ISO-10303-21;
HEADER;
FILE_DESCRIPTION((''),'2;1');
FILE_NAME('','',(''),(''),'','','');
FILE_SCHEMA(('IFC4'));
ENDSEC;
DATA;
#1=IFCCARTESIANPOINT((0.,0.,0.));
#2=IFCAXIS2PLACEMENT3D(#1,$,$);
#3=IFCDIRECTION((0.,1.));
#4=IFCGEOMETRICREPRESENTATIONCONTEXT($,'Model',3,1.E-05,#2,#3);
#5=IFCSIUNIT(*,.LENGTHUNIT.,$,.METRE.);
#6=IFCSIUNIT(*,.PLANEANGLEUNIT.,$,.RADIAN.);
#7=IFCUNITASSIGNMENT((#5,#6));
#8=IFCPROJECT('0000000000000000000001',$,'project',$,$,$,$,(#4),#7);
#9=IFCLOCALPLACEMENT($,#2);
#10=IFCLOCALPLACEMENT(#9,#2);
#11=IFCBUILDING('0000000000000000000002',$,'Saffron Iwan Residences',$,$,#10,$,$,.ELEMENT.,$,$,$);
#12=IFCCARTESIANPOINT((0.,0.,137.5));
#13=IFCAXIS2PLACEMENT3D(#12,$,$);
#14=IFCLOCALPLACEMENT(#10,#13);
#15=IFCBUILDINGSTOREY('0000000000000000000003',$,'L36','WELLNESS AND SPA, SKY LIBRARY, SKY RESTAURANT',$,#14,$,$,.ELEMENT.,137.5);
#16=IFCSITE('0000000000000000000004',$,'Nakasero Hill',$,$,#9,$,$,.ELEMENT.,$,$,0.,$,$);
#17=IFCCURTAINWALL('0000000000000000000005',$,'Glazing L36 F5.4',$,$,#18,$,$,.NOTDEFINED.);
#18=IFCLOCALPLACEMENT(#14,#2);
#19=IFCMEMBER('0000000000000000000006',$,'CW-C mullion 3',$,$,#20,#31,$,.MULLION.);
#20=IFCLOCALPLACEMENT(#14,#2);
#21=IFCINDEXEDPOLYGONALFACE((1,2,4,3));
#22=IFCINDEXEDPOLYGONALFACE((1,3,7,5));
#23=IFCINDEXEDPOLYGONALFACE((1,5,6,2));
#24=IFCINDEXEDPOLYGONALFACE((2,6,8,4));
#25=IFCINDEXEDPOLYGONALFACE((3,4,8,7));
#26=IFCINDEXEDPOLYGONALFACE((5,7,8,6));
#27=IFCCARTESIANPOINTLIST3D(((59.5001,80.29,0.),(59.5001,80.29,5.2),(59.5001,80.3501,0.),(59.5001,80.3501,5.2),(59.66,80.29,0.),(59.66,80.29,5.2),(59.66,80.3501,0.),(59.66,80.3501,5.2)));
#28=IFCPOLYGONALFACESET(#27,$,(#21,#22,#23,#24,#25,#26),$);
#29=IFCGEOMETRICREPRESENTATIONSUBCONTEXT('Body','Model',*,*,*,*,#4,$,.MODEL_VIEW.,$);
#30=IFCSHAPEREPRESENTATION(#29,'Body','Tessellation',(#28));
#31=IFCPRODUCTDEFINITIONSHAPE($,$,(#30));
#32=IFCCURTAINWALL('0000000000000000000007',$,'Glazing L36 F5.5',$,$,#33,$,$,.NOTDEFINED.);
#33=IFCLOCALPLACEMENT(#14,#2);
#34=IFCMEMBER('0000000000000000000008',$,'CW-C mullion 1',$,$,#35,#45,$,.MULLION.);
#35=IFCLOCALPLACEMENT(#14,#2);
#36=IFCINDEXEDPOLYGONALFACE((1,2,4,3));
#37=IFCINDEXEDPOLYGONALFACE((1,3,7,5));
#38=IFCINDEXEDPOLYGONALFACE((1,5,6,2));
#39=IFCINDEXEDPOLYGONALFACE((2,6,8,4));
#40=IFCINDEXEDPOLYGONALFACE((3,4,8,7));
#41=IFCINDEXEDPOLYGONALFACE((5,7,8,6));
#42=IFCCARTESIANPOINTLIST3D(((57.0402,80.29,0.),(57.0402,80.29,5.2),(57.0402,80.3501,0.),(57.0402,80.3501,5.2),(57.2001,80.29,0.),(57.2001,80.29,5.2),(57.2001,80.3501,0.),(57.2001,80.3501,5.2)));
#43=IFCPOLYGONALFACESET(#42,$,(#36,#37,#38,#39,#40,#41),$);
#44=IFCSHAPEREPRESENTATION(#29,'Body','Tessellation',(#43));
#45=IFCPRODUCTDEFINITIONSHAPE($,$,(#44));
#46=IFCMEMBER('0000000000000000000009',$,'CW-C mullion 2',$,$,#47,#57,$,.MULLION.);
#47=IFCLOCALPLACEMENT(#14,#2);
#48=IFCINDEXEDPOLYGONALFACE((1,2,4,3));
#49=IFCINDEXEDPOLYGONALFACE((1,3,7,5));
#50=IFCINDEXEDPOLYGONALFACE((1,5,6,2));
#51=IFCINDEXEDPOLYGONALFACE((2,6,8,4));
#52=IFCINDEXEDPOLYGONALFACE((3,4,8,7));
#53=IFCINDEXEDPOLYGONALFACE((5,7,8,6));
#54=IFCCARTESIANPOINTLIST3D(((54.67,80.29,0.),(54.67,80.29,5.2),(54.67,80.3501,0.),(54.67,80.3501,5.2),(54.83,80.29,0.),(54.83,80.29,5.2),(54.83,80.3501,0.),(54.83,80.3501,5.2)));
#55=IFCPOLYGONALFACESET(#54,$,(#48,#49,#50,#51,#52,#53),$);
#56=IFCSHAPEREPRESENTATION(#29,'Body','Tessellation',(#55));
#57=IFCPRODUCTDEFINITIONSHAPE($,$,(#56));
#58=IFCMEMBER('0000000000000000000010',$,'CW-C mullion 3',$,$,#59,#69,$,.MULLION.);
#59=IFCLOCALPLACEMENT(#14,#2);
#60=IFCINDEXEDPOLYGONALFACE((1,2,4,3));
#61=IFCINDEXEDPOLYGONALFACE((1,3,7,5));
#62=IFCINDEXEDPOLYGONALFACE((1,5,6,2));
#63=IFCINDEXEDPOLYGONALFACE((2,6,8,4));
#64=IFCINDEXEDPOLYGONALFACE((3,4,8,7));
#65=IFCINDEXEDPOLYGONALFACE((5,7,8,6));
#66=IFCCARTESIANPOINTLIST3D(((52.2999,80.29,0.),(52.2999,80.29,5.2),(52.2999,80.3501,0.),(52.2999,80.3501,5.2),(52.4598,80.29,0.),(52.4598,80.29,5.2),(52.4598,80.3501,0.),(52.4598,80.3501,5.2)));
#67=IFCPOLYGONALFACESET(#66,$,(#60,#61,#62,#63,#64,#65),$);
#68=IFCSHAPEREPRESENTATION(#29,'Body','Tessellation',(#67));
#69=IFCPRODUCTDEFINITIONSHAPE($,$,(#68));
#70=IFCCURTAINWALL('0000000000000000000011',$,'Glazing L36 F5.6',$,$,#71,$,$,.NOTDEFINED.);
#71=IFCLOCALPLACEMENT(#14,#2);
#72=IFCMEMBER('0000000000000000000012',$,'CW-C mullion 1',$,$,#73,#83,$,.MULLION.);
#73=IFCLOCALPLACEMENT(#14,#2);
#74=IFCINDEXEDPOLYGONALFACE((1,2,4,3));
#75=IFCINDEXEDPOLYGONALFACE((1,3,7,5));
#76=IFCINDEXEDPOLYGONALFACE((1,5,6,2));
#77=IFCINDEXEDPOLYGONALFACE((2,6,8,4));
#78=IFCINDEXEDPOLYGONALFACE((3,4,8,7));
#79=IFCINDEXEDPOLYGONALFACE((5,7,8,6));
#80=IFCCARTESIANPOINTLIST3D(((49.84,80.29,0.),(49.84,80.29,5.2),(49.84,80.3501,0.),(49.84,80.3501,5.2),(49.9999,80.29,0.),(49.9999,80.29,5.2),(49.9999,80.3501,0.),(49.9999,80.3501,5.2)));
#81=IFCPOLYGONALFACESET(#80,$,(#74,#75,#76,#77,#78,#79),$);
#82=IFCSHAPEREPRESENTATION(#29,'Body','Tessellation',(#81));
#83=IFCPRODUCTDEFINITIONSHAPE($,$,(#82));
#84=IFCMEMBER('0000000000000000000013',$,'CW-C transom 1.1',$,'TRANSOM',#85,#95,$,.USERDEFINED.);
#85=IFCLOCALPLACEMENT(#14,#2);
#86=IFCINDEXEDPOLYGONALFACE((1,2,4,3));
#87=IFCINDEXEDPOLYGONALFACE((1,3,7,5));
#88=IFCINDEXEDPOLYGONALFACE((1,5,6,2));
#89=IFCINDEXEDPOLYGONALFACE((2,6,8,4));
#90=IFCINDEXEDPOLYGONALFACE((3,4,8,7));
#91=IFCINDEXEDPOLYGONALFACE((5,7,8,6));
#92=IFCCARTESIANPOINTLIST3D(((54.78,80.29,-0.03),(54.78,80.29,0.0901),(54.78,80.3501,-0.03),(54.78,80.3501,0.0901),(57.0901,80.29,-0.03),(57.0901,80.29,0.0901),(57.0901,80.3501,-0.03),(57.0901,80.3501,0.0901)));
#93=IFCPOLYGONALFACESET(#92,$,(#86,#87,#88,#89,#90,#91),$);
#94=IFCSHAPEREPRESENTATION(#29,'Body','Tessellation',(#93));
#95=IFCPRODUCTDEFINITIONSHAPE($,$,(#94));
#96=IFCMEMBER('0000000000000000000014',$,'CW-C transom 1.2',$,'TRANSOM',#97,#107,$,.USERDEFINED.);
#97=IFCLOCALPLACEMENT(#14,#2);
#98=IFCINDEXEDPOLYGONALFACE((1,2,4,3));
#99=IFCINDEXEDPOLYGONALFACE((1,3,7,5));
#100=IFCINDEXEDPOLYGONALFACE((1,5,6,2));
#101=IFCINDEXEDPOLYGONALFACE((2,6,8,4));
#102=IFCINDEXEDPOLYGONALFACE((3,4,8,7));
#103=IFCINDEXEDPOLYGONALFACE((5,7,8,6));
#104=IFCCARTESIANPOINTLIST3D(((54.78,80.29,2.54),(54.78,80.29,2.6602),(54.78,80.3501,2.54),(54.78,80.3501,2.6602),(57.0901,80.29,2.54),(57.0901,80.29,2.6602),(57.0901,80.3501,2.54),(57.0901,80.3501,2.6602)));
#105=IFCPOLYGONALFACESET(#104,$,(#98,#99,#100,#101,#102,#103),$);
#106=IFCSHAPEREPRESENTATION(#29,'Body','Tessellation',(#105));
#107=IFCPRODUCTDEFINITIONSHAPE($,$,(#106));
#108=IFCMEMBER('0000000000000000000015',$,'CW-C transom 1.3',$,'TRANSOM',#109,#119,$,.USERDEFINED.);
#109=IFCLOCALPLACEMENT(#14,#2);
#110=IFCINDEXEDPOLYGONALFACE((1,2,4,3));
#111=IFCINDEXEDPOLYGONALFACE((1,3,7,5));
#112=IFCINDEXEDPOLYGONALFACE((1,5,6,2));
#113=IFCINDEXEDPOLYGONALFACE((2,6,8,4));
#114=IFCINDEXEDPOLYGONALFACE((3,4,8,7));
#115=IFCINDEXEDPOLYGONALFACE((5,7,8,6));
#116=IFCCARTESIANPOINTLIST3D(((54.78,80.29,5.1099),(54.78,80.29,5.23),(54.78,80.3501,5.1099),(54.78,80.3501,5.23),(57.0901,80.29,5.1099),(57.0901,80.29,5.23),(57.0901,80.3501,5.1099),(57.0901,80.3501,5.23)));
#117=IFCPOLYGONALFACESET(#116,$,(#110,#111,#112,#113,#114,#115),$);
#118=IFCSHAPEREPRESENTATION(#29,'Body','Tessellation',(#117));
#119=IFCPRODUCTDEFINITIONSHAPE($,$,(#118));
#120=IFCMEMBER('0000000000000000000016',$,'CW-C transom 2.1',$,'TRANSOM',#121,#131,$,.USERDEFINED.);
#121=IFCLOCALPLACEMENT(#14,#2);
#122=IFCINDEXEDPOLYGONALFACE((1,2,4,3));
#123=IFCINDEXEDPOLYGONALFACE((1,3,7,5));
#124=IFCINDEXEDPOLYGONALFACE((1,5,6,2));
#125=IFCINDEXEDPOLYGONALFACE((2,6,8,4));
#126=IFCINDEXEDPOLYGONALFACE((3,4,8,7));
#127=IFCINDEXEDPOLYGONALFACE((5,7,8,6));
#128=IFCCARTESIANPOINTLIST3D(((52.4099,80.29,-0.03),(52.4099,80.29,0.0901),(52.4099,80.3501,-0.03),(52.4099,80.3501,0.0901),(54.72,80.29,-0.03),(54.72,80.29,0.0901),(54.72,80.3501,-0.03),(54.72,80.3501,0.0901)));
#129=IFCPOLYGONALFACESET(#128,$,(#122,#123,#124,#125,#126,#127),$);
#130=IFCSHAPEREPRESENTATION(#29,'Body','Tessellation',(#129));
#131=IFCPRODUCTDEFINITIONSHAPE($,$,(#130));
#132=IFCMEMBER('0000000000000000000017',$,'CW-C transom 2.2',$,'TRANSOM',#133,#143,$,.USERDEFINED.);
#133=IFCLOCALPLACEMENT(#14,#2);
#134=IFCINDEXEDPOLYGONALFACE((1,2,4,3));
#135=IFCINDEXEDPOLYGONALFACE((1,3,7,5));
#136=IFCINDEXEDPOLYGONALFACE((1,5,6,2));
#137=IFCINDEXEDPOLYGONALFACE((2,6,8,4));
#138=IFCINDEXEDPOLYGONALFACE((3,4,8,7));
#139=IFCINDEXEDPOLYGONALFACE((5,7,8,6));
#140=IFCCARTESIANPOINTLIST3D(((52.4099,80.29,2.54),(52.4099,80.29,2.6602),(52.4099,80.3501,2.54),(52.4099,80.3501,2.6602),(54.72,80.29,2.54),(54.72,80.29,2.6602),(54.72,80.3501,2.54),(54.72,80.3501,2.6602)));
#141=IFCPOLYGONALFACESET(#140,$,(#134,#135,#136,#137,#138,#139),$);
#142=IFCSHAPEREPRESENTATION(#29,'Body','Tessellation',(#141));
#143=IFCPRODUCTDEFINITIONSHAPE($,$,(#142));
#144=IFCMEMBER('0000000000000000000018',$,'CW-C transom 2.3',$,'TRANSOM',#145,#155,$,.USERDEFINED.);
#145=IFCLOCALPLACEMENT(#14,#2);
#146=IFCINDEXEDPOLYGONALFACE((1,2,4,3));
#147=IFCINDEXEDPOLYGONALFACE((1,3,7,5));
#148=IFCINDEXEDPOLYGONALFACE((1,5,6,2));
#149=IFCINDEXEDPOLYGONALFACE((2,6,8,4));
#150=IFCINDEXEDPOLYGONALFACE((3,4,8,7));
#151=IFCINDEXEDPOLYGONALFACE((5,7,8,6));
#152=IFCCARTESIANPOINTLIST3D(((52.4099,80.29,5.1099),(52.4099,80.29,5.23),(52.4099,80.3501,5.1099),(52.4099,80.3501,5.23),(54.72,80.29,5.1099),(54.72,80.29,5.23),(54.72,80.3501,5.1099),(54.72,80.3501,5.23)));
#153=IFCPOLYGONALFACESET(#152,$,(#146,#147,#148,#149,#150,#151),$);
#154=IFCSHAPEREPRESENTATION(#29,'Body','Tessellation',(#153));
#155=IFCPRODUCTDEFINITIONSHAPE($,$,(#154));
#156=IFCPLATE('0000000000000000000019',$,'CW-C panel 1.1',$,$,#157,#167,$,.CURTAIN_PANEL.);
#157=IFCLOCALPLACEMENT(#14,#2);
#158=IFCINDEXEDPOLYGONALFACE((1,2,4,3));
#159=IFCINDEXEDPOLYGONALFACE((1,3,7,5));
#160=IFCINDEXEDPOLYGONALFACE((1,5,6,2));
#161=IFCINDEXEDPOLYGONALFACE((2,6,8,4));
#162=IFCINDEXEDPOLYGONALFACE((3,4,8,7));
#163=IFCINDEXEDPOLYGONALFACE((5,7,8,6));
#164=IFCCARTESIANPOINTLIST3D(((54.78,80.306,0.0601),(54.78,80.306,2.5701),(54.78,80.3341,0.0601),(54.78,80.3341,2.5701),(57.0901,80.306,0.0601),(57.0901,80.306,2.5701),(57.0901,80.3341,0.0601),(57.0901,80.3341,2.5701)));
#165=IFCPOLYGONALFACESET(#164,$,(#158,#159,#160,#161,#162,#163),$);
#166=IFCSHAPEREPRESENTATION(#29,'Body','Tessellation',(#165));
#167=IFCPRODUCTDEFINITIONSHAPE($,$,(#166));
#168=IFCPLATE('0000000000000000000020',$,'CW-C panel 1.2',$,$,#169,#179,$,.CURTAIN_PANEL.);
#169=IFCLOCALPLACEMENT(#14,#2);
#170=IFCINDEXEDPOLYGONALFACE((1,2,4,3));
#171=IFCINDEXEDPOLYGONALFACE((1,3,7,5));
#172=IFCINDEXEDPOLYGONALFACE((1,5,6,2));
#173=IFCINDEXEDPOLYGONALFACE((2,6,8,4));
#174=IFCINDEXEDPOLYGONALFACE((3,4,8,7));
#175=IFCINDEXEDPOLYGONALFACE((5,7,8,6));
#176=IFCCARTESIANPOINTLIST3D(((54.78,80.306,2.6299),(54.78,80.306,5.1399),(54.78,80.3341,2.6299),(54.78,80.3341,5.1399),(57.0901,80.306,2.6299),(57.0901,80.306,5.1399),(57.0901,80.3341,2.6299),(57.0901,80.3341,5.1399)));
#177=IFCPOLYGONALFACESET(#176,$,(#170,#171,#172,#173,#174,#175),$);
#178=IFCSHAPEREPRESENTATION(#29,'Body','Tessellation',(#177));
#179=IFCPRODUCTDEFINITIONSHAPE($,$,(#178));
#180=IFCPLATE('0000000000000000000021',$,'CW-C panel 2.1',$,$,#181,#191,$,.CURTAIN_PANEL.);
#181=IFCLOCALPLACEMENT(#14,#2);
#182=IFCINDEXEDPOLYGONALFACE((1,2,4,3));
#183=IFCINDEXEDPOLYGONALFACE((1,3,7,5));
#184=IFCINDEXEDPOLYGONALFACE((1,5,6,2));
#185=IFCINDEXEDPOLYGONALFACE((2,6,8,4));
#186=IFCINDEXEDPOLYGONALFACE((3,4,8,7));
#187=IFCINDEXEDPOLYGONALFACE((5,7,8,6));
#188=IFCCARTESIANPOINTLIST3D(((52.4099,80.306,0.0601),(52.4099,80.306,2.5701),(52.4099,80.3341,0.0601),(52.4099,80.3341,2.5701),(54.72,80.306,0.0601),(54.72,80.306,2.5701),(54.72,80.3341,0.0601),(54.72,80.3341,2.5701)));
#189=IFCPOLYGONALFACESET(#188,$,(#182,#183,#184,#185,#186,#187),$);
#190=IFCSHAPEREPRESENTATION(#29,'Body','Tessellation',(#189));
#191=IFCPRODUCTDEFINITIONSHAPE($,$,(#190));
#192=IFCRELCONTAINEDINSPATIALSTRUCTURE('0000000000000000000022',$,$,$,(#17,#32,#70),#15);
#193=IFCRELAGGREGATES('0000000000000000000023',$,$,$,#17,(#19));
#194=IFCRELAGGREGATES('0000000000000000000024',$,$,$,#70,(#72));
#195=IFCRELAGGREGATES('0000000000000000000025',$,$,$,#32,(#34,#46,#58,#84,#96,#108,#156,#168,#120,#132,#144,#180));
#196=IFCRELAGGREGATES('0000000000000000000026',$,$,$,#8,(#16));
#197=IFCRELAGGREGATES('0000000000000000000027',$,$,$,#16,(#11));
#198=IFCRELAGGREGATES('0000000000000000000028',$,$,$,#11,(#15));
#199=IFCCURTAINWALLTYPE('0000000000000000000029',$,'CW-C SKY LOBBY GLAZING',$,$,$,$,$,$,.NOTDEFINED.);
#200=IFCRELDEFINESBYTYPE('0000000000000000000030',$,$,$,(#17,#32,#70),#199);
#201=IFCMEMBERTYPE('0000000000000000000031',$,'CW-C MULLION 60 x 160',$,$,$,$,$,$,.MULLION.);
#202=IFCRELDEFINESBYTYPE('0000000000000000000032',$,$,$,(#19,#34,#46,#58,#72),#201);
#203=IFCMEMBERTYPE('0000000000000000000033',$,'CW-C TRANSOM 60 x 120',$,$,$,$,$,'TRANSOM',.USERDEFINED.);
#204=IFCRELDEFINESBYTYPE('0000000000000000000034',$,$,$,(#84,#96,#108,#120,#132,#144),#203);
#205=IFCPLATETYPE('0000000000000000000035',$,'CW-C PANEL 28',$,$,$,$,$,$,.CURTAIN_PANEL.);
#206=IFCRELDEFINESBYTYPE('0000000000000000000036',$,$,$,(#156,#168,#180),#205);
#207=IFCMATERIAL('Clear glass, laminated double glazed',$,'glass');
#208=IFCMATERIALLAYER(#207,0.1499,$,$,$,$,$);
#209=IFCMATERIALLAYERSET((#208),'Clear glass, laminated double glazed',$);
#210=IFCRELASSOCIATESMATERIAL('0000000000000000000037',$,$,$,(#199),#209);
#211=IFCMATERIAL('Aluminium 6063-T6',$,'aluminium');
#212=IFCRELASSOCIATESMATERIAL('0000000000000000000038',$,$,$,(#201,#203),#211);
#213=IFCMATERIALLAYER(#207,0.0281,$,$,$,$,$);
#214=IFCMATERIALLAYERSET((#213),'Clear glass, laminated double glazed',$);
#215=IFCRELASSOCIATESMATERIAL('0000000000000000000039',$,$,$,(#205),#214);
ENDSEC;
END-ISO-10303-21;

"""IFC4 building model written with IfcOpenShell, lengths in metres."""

from ifc_helpers import new_model, si_unit, direction, frame, origin, origin_2d, place, context, subcontext, project, spatial, rectangle, extrude, source, transform, mapped, material, layer, layer_set, material_profile, profile_set, type_object, element, aggregate, save


model = new_model("IFC4")

# Units and contexts
model_context = context("Model", 3, precision=1e-05, world=origin(), true_north=direction((0.0, 1.0)))
body_context = subcontext(model_context, "Body", "Model", "MODEL_VIEW")
ifc_project = project(units=[si_unit("LENGTHUNIT", "METRE"), si_unit("PLANEANGLEUNIT", "RADIAN")], contexts=[model_context])

# Site, building, storey
site_placement = place(None, origin())
site = spatial("IfcSite", under=ifc_project, at=site_placement, Name="Nakasero Hill", CompositionType="ELEMENT", RefElevation=0.0)
building_placement = place(site_placement, origin())
building = spatial("IfcBuilding", under=site, at=building_placement, Name="Saffron Iwan Residences", CompositionType="ELEMENT")
storey_placement = place(building_placement, frame((0.0, 0.0, 137.5)))
storey = spatial("IfcBuildingStorey", under=building, at=storey_placement, Name="L36", Description="WELLNESS AND SPA, SKY LIBRARY, SKY RESTAURANT", CompositionType="ELEMENT", Elevation=137.5)

# Curtain wall, member
ifc_material_1 = material(Name="Clear glass, laminated double glazed", Category="glass")
ifc_layer_1 = layer(ifc_material_1, 0.1499)
ifc_layer_set_1 = layer_set([ifc_layer_1], Name="Clear glass, laminated double glazed")
curtain_wall_type = type_object("IfcCurtainWallType", Name="CW-C SKY LOBBY GLAZING", PredefinedType="NOTDEFINED", material=ifc_layer_set_1)
curtain_wall_1_placement = place(storey_placement, origin())
curtain_wall_1 = element("IfcCurtainWall", 1, at=curtain_wall_1_placement, inside=storey, type_object=curtain_wall_type, Name="Glazing L36 F5.4", PredefinedType="NOTDEFINED")
ifc_material_2 = material(Name="Aluminium 6063-T6", Category="aluminium")
ifc_material_profile_1 = material_profile(ifc_material_2, rectangle(XDim=0.0601, YDim=0.1599, at=origin_2d()), Name="CW-C MULLION 60 x 160")
ifc_profile_set_1 = profile_set([ifc_material_profile_1], Name="Aluminium 6063-T6")
member_type_1 = type_object("IfcMemberType", Name="CW-C MULLION 60 x 160", PredefinedType="MULLION", material=ifc_profile_set_1)
shared_shape_1 = source(origin(), body_context, "Body", "SweptSolid", [
    extrude(rectangle(XDim=0.0601, YDim=0.1599, at=origin_2d()), origin(), (0.0, 0.0, 1.0), 5.2),
])
member_1_placement = place(storey_placement, frame((59.5801, 80.3201, 0.0), z_axis=(0.0, 0.0, 1.0), x_axis=(0.0, -1.0, 0.0)))
member_1 = element("IfcMember", 2, at=member_1_placement, type_object=member_type_1, Name="CW-C mullion 3", PredefinedType="MULLION", context=body_context, shape_type="MappedRepresentation", body=[
    mapped(shared_shape_1, transform((0.0, 0.0, 0.0))),
])
aggregate(curtain_wall_1, [member_1])

# Curtain wall, members
curtain_wall_2_placement = place(storey_placement, origin())
curtain_wall_2 = element("IfcCurtainWall", 3, at=curtain_wall_2_placement, inside=storey, type_object=curtain_wall_type, Name="Glazing L36 F5.5", PredefinedType="NOTDEFINED")
member_2_placement = place(storey_placement, frame((57.1201, 80.3201, 0.0), z_axis=(0.0, 0.0, 1.0), x_axis=(0.0, -1.0, 0.0)))
member_2 = element("IfcMember", 4, at=member_2_placement, type_object=member_type_1, Name="CW-C mullion 1", PredefinedType="MULLION", context=body_context, shape_type="MappedRepresentation", body=[
    mapped(shared_shape_1, transform((0.0, 0.0, 0.0))),
])
member_3_placement = place(storey_placement, frame((54.75, 80.3201, 0.0), z_axis=(0.0, 0.0, 1.0), x_axis=(0.0, -1.0, 0.0)))
member_3 = element("IfcMember", 5, at=member_3_placement, type_object=member_type_1, Name="CW-C mullion 2", PredefinedType="MULLION", context=body_context, shape_type="MappedRepresentation", body=[
    mapped(shared_shape_1, transform((0.0, 0.0, 0.0))),
])
member_4_placement = place(storey_placement, frame((52.3799, 80.3201, 0.0), z_axis=(0.0, 0.0, 1.0), x_axis=(0.0, -1.0, 0.0)))
member_4 = element("IfcMember", 6, at=member_4_placement, type_object=member_type_1, Name="CW-C mullion 3", PredefinedType="MULLION", context=body_context, shape_type="MappedRepresentation", body=[
    mapped(shared_shape_1, transform((0.0, 0.0, 0.0))),
])

# Curtain wall, member
curtain_wall_3_placement = place(storey_placement, origin())
curtain_wall_3 = element("IfcCurtainWall", 7, at=curtain_wall_3_placement, inside=storey, type_object=curtain_wall_type, Name="Glazing L36 F5.6", PredefinedType="NOTDEFINED")
member_5_placement = place(storey_placement, frame((49.9199, 80.3201, 0.0), z_axis=(0.0, 0.0, 1.0), x_axis=(0.0, -1.0, 0.0)))
member_5 = element("IfcMember", 8, at=member_5_placement, type_object=member_type_1, Name="CW-C mullion 1", PredefinedType="MULLION", context=body_context, shape_type="MappedRepresentation", body=[
    mapped(shared_shape_1, transform((0.0, 0.0, 0.0))),
])
aggregate(curtain_wall_3, [member_5])

# Members
ifc_material_profile_2 = material_profile(ifc_material_2, rectangle(XDim=0.0601, YDim=0.1201, at=origin_2d()), Name="CW-C TRANSOM 60 x 120")
ifc_profile_set_2 = profile_set([ifc_material_profile_2], Name="Aluminium 6063-T6")
member_type_2 = type_object("IfcMemberType", Name="CW-C TRANSOM 60 x 120", ElementType="TRANSOM", PredefinedType="USERDEFINED", material=ifc_profile_set_2)
shared_shape_2 = source(origin(), body_context, "Body", "SweptSolid", [
    extrude(rectangle(XDim=0.0601, YDim=0.1201, at=origin_2d()), origin(), (0.0, 0.0, 1.0), 2.3101),
])
member_6_placement = place(storey_placement, frame((57.0901, 80.3201, 0.03), z_axis=(-1.0, 0.0, 0.0), x_axis=(0.0, -1.0, 0.0)))
member_6 = element("IfcMember", 9, at=member_6_placement, type_object=member_type_2, Name="CW-C transom 1.1", ObjectType="TRANSOM", PredefinedType="USERDEFINED", context=body_context, shape_type="MappedRepresentation", body=[
    mapped(shared_shape_2, transform((0.0, 0.0, 0.0))),
])
member_7_placement = place(storey_placement, frame((57.0901, 80.3201, 2.6001), z_axis=(-1.0, 0.0, 0.0), x_axis=(0.0, -1.0, 0.0)))
member_7 = element("IfcMember", 10, at=member_7_placement, type_object=member_type_2, Name="CW-C transom 1.2", ObjectType="TRANSOM", PredefinedType="USERDEFINED", context=body_context, shape_type="MappedRepresentation", body=[
    mapped(shared_shape_2, transform((0.0, 0.0, 0.0))),
])
member_8_placement = place(storey_placement, frame((57.0901, 80.3201, 5.1699), z_axis=(-1.0, 0.0, 0.0), x_axis=(0.0, -1.0, 0.0)))
member_8 = element("IfcMember", 11, at=member_8_placement, type_object=member_type_2, Name="CW-C transom 1.3", ObjectType="TRANSOM", PredefinedType="USERDEFINED", context=body_context, shape_type="MappedRepresentation", body=[
    mapped(shared_shape_2, transform((0.0, 0.0, 0.0))),
])
member_9_placement = place(storey_placement, frame((54.72, 80.3201, 0.03), z_axis=(-1.0, 0.0, 0.0), x_axis=(0.0, -1.0, 0.0)))
member_9 = element("IfcMember", 12, at=member_9_placement, type_object=member_type_2, Name="CW-C transom 2.1", ObjectType="TRANSOM", PredefinedType="USERDEFINED", context=body_context, shape_type="MappedRepresentation", body=[
    mapped(shared_shape_2, transform((0.0, 0.0, 0.0))),
])
member_10_placement = place(storey_placement, frame((54.72, 80.3201, 2.6001), z_axis=(-1.0, 0.0, 0.0), x_axis=(0.0, -1.0, 0.0)))
member_10 = element("IfcMember", 13, at=member_10_placement, type_object=member_type_2, Name="CW-C transom 2.2", ObjectType="TRANSOM", PredefinedType="USERDEFINED", context=body_context, shape_type="MappedRepresentation", body=[
    mapped(shared_shape_2, transform((0.0, 0.0, 0.0))),
])
member_11_placement = place(storey_placement, frame((54.72, 80.3201, 5.1699), z_axis=(-1.0, 0.0, 0.0), x_axis=(0.0, -1.0, 0.0)))
member_11 = element("IfcMember", 14, at=member_11_placement, type_object=member_type_2, Name="CW-C transom 2.3", ObjectType="TRANSOM", PredefinedType="USERDEFINED", context=body_context, shape_type="MappedRepresentation", body=[
    mapped(shared_shape_2, transform((0.0, 0.0, 0.0))),
])

# Plates
ifc_layer_2 = layer(ifc_material_1, 0.0281)
ifc_layer_set_2 = layer_set([ifc_layer_2], Name="Clear glass, laminated double glazed")
plate_type = type_object("IfcPlateType", Name="CW-C PANEL 28", PredefinedType="CURTAIN_PANEL", material=ifc_layer_set_2)
shared_shape_3 = source(origin(), body_context, "Body", "SweptSolid", [
    extrude(rectangle(XDim=2.3101, YDim=0.0281, at=origin_2d()), origin(), (0.0, 0.0, 1.0), 2.51),
])
plate_1_placement = place(storey_placement, frame((55.9351, 80.3201, 0.0601), z_axis=(0.0, 0.0, 1.0), x_axis=(-1.0, 0.0, 0.0)))
plate_1 = element("IfcPlate", 15, at=plate_1_placement, type_object=plate_type, Name="CW-C panel 1.1", PredefinedType="CURTAIN_PANEL", context=body_context, shape_type="MappedRepresentation", body=[
    mapped(shared_shape_3, transform((0.0, 0.0, 0.0))),
])
plate_2_placement = place(storey_placement, frame((55.9351, 80.3201, 2.6299), z_axis=(0.0, 0.0, 1.0), x_axis=(-1.0, 0.0, 0.0)))
plate_2 = element("IfcPlate", 16, at=plate_2_placement, type_object=plate_type, Name="CW-C panel 1.2", PredefinedType="CURTAIN_PANEL", context=body_context, shape_type="MappedRepresentation", body=[
    mapped(shared_shape_3, transform((0.0, 0.0, 0.0))),
])
plate_3_placement = place(storey_placement, frame((53.5649, 80.3201, 0.0601), z_axis=(0.0, 0.0, 1.0), x_axis=(-1.0, 0.0, 0.0)))
plate_3 = element("IfcPlate", 17, at=plate_3_placement, type_object=plate_type, Name="CW-C panel 2.1", PredefinedType="CURTAIN_PANEL", context=body_context, shape_type="MappedRepresentation", body=[
    mapped(shared_shape_3, transform((0.0, 0.0, 0.0))),
])
aggregate(curtain_wall_2, [member_2, member_3, member_4, member_6, member_7, member_8, plate_1, plate_2, member_9, member_10, member_11, plate_3])

save(model, "model.ifc")
